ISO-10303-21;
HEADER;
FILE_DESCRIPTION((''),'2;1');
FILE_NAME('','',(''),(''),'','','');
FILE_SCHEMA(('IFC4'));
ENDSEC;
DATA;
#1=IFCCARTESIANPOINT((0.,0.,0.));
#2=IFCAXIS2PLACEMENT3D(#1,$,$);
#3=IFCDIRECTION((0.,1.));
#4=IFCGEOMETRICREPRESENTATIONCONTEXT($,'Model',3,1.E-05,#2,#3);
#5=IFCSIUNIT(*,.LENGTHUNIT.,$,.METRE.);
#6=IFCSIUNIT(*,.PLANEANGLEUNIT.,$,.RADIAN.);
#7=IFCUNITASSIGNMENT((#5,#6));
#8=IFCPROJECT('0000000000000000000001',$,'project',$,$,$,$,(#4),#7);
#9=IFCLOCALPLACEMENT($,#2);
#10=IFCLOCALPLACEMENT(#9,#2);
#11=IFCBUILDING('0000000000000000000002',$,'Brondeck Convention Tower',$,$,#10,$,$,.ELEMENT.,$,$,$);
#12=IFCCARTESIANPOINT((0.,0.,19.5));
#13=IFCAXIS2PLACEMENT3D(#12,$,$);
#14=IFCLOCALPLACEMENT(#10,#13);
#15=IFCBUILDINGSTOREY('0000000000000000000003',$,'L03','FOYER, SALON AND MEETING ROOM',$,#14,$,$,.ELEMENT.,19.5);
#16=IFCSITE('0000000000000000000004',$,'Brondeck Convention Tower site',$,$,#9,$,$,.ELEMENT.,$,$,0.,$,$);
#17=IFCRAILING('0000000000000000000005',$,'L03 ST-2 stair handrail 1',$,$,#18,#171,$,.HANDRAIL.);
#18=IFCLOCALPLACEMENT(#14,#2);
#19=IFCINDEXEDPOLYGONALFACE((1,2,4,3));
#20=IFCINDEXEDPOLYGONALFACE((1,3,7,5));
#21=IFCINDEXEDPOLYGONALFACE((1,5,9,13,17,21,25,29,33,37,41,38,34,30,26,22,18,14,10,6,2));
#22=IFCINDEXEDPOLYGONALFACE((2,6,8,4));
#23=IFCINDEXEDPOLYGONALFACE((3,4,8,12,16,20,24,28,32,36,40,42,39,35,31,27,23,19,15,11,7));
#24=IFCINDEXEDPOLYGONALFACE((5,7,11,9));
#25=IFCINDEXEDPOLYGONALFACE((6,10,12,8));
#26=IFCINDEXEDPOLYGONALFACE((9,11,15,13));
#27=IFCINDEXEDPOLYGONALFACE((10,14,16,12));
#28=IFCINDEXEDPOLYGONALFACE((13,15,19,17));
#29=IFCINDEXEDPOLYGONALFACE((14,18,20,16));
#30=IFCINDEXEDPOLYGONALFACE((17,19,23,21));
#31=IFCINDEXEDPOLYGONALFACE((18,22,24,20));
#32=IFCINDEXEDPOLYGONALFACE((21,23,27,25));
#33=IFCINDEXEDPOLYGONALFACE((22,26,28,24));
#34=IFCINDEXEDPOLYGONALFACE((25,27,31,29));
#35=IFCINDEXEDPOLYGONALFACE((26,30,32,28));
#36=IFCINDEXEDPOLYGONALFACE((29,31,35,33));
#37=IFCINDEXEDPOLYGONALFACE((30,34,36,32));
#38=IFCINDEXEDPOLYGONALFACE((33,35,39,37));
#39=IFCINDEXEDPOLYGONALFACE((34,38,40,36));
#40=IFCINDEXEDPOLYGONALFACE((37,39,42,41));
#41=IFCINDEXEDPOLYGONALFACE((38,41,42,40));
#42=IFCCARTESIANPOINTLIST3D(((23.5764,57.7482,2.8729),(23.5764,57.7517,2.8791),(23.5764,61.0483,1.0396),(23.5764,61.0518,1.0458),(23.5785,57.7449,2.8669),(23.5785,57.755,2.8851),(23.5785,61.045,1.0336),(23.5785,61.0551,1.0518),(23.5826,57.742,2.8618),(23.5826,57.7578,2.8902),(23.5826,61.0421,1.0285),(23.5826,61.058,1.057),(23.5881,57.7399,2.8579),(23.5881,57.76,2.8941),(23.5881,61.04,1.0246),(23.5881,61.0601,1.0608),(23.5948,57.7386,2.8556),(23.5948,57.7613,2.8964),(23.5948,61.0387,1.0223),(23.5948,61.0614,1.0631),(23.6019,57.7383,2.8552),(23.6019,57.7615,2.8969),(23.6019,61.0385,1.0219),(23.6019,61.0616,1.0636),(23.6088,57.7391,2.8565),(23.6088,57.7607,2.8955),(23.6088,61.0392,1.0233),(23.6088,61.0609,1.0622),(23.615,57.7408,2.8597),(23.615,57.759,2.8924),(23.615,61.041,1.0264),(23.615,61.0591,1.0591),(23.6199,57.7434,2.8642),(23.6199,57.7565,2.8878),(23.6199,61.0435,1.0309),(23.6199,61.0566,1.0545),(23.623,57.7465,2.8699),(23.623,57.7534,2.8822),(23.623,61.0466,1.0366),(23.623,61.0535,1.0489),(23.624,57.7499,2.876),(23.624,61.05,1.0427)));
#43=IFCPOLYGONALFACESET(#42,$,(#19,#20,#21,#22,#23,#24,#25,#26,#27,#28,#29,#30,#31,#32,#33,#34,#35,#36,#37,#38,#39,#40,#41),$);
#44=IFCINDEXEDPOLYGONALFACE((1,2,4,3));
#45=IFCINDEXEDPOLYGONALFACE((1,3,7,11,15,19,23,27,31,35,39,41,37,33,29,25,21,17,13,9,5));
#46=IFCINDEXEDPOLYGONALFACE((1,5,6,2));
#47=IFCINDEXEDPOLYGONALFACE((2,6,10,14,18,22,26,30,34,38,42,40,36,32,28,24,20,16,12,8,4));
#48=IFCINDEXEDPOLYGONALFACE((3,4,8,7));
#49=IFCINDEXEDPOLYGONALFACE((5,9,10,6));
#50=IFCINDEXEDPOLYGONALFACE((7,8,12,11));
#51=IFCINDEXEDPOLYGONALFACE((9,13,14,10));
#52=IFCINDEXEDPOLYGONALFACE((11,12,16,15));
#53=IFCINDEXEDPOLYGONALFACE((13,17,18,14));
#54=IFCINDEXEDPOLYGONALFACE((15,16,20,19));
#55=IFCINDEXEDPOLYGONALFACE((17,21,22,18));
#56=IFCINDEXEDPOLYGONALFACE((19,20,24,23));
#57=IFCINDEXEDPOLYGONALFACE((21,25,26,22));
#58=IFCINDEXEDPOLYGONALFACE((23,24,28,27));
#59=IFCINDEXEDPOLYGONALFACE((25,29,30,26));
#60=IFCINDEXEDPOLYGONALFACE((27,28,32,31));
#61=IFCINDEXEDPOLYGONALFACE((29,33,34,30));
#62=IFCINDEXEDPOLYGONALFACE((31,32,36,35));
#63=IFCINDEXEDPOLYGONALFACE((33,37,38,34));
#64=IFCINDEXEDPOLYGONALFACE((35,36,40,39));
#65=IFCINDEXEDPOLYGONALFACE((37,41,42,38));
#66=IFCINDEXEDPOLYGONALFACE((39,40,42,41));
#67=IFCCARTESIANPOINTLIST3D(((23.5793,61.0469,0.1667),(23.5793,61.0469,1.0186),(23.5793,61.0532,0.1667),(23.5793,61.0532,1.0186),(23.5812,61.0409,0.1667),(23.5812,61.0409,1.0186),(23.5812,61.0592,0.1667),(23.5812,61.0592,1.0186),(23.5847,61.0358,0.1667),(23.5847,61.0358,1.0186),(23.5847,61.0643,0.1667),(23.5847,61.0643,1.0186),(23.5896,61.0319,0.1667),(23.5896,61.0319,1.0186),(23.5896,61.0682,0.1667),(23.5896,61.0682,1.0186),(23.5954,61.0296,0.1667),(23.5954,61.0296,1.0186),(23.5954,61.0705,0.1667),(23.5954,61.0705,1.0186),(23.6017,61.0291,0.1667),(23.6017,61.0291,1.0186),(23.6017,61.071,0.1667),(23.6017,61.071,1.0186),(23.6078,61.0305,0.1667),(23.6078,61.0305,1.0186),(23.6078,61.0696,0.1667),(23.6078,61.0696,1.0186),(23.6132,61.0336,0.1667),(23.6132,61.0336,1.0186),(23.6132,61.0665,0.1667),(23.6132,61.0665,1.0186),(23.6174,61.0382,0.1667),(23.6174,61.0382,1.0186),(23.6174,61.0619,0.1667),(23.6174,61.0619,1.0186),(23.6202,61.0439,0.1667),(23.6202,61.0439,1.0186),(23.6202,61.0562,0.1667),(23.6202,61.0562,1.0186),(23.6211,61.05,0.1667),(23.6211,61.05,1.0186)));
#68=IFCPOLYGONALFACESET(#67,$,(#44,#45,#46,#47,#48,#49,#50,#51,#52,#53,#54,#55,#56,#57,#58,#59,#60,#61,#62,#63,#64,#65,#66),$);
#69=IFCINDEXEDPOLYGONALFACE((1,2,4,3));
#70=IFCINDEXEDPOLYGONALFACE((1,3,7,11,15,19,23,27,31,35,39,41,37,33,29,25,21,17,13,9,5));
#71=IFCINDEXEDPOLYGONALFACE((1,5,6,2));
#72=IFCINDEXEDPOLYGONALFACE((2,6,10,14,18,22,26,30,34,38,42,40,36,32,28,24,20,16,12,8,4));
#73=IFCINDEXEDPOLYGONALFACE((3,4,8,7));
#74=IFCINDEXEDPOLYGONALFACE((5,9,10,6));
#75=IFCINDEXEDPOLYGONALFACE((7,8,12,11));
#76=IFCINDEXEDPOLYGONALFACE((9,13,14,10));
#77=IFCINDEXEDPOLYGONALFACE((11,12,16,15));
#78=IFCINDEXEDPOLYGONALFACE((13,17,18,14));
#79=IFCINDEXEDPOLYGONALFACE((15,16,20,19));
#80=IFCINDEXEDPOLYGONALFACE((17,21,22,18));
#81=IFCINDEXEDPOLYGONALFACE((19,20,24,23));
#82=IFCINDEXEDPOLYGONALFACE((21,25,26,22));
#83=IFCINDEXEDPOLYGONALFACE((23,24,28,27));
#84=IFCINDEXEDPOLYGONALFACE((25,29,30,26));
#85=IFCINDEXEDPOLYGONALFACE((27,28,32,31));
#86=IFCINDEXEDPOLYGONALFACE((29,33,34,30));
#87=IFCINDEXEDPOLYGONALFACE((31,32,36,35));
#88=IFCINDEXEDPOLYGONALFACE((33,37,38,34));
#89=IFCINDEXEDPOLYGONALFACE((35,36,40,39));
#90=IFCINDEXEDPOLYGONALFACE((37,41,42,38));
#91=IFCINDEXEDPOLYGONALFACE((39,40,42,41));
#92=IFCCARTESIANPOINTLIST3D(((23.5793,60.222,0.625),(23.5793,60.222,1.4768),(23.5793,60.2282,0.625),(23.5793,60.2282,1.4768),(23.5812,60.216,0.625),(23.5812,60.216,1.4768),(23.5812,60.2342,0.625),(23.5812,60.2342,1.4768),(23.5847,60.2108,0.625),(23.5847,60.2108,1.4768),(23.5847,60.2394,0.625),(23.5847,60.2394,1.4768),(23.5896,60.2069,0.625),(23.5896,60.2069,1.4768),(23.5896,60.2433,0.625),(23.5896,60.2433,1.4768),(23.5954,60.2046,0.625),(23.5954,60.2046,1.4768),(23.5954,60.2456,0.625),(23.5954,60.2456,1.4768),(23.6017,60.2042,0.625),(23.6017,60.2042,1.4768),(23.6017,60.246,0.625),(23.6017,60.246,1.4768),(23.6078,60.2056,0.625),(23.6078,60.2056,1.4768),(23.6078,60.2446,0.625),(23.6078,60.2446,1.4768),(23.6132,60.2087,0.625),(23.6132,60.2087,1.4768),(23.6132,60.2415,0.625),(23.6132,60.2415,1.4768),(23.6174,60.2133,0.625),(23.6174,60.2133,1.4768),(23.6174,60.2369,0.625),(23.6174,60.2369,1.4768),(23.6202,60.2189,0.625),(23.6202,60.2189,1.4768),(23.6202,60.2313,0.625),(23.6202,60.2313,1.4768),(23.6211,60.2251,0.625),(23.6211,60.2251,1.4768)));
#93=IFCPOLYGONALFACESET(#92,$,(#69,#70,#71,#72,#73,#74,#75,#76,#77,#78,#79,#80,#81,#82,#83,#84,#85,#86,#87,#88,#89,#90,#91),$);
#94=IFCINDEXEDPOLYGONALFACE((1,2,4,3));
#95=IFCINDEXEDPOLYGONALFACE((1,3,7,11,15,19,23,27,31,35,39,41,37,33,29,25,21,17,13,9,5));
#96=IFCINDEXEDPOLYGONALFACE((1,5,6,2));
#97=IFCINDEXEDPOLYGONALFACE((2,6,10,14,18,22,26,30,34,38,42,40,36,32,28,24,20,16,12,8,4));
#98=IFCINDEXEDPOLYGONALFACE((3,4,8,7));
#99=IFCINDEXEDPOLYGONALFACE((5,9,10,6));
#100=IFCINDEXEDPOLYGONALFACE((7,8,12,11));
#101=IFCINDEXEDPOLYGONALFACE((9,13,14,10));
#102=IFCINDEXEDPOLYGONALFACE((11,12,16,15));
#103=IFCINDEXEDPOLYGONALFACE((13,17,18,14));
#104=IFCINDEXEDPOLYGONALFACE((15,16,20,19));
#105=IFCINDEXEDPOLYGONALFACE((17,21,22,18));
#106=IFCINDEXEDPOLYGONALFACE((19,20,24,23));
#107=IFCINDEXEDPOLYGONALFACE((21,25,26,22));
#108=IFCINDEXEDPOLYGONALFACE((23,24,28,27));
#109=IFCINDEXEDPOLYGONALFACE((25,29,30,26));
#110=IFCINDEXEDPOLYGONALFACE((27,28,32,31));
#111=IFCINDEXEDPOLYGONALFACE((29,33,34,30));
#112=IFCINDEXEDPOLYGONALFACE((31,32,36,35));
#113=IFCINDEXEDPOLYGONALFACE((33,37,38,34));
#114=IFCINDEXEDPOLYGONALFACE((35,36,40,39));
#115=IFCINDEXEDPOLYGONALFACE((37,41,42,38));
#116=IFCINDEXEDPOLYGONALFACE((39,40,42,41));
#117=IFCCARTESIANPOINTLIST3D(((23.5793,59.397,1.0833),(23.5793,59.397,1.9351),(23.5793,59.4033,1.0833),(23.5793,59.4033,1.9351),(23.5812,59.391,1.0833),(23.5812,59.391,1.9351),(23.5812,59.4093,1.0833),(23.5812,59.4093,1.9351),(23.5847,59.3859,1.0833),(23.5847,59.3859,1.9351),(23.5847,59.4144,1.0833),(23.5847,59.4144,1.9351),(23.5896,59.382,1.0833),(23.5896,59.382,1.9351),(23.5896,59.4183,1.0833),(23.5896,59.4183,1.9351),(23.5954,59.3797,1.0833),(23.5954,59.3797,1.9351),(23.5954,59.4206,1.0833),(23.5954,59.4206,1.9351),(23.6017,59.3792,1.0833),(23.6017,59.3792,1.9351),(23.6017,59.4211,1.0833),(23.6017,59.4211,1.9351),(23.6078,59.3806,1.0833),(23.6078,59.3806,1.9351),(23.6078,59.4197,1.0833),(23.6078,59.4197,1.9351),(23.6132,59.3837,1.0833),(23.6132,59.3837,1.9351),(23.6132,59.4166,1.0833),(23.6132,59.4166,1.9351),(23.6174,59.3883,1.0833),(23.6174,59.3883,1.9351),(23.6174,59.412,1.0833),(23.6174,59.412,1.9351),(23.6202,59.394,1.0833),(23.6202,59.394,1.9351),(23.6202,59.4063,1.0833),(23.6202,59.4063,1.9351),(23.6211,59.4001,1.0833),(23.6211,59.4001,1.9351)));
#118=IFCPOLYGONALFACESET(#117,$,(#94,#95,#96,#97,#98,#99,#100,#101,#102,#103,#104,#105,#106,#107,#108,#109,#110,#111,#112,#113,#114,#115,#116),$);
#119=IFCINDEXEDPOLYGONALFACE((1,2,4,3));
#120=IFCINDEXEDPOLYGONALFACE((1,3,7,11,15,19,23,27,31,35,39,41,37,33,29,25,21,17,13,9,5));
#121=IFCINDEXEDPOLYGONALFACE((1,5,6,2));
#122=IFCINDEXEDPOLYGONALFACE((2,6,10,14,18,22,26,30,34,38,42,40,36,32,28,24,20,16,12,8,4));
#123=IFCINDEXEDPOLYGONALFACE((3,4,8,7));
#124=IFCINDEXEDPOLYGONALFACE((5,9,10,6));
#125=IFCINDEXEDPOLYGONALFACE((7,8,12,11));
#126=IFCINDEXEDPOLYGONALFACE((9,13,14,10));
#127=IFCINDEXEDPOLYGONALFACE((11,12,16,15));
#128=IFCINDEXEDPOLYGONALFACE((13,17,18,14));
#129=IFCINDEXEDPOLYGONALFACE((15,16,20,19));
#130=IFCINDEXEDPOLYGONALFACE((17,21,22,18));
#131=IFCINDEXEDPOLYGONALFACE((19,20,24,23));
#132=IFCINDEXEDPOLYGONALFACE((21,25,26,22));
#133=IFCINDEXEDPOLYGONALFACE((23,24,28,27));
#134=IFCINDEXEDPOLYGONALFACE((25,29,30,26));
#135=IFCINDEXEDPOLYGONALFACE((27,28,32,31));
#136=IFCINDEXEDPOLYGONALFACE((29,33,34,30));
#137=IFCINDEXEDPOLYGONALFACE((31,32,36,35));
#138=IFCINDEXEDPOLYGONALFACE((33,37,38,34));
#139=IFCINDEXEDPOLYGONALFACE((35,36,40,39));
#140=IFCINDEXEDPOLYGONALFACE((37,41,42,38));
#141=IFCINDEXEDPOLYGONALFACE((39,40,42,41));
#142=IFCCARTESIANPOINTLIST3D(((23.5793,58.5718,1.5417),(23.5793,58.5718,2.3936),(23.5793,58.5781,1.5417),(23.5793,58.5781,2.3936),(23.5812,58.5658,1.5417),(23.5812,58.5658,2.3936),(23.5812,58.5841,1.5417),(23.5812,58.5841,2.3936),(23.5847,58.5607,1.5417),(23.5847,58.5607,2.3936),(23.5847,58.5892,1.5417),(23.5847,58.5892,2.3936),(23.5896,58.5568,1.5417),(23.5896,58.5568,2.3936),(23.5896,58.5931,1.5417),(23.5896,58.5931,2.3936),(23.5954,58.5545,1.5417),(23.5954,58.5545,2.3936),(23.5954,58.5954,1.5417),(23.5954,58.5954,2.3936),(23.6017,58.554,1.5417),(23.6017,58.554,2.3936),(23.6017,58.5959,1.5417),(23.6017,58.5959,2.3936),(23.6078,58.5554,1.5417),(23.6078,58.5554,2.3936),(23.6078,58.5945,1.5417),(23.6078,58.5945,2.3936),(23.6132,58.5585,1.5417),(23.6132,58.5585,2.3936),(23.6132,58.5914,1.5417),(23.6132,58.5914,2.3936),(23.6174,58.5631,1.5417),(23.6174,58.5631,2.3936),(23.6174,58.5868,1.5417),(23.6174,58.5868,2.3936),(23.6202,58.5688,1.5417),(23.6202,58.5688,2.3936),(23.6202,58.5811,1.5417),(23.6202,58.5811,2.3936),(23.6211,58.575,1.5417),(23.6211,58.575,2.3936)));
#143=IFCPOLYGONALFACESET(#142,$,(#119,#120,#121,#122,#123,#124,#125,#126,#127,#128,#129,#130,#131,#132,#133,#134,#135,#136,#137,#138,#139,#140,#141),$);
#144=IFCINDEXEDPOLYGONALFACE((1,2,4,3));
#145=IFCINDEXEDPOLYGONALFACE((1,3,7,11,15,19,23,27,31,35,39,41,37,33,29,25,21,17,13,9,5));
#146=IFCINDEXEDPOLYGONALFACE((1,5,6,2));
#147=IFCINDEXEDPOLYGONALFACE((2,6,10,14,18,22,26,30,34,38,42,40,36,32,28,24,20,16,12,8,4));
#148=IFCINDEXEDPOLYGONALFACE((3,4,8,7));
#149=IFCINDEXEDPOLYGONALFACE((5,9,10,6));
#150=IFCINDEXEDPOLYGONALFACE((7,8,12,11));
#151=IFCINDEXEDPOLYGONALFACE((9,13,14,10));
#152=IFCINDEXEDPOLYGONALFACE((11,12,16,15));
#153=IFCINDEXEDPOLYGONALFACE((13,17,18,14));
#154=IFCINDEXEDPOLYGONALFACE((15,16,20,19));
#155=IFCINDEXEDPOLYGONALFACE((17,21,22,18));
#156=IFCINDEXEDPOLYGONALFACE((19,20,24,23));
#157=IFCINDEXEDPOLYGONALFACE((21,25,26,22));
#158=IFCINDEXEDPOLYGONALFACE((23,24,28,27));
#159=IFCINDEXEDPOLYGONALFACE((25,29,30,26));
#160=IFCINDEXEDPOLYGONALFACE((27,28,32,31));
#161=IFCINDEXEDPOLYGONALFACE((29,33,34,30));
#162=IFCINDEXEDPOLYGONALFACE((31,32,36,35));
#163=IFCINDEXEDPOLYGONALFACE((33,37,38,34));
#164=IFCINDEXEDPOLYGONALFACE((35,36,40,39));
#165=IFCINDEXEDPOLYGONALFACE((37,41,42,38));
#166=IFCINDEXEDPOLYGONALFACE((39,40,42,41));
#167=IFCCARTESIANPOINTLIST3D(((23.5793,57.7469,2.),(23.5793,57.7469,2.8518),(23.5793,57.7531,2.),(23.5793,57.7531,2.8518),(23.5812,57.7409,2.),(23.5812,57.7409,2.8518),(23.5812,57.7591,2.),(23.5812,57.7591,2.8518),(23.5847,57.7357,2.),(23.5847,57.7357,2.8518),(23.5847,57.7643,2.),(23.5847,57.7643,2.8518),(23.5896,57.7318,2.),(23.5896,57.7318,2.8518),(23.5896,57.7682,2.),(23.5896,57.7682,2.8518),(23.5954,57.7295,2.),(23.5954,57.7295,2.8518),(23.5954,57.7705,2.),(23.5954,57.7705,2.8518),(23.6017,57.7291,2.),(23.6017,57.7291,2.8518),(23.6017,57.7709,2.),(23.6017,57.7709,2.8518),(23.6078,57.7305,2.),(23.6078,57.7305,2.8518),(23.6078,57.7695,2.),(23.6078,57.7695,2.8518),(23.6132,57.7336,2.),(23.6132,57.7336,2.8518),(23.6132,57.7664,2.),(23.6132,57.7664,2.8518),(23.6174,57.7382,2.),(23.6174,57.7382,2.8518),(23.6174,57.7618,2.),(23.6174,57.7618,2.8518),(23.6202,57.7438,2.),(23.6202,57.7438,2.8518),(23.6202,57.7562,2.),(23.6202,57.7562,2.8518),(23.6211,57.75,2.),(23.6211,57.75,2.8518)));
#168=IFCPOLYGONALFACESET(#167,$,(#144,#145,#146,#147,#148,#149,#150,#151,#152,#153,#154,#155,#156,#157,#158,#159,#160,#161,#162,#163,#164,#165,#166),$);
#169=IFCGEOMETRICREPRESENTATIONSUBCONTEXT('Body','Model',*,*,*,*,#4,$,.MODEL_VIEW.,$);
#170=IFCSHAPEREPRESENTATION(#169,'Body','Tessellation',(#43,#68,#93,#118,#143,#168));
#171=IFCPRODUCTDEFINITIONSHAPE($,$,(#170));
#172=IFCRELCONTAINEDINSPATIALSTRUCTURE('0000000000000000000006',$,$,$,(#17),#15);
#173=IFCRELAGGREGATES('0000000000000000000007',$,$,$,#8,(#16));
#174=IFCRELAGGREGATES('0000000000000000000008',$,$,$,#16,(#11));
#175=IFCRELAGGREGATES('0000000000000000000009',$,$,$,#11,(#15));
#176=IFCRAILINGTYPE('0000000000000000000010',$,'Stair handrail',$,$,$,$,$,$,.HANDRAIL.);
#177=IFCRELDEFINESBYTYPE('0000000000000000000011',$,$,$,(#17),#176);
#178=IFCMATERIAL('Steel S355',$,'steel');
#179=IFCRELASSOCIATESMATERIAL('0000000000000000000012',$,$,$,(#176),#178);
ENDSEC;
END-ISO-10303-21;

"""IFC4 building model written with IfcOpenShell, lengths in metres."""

from ifc_helpers import new_model, si_unit, direction, frame, origin, origin_2d, place, context, subcontext, project, spatial, circle, extrude, material, type_object, element, save


model = new_model("IFC4")

# Units and contexts
model_context = context("Model", 3, precision=1e-05, world=origin(), true_north=direction((0.0, 1.0)))
body_context = subcontext(model_context, "Body", "Model", "MODEL_VIEW")
ifc_project = project(units=[si_unit("LENGTHUNIT", "METRE"), si_unit("PLANEANGLEUNIT", "RADIAN")], contexts=[model_context])

# Site, building, storey
site_placement = place(None, origin())
site = spatial("IfcSite", under=ifc_project, at=site_placement, Name="Brondeck Convention Tower site", CompositionType="ELEMENT", RefElevation=0.0)
building_placement = place(site_placement, origin())
building = spatial("IfcBuilding", under=site, at=building_placement, Name="Brondeck Convention Tower", CompositionType="ELEMENT")
storey_placement = place(building_placement, frame((0.0, 0.0, 19.5)))
storey = spatial("IfcBuildingStorey", under=building, at=storey_placement, Name="L03", Description="FOYER, SALON AND MEETING ROOM", CompositionType="ELEMENT", Elevation=19.5)

# Shared definitions
ifc_material_1 = material(Name="Steel S355", Category="steel")

# Railing
railing_type_1 = type_object("IfcRailingType", Name="Stair handrail", PredefinedType="HANDRAIL", material=ifc_material_1)
railing_1_placement = place(storey_placement, frame((23.6001, 61.05, 0.1667)))
element("IfcRailing", 1, at=railing_1_placement, inside=storey, type_object=railing_type_1, Name="L03 ST-2 stair handrail 1", PredefinedType="HANDRAIL", context=body_context, shape_type="SweptSolid", body=[
    extrude(circle(Radius=0.0239, at=origin_2d()), frame((0.0, 0.0, 0.876), z_axis=(0.0, -0.874169, 0.485621), x_axis=(1.0, 0.0, 0.0)), (0.0, 0.0, 1.0), 3.7751),
    extrude(circle(Radius=0.021, at=origin_2d()), origin(), (0.0, 0.0, 1.0), 0.8518),
    extrude(circle(Radius=0.021, at=origin_2d()), frame((0.0, -0.825, 0.4583)), (0.0, 0.0, 1.0), 0.8518),
    extrude(circle(Radius=0.021, at=origin_2d()), frame((0.0, -1.6499, 0.9165)), (0.0, 0.0, 1.0), 0.8518),
    extrude(circle(Radius=0.021, at=origin_2d()), frame((0.0, -2.4751, 1.375)), (0.0, 0.0, 1.0), 0.8518),
    extrude(circle(Radius=0.021, at=origin_2d()), frame((0.0, -3.3, 1.8333)), (0.0, 0.0, 1.0), 0.8518),
])

save(model, "model.ifc")
